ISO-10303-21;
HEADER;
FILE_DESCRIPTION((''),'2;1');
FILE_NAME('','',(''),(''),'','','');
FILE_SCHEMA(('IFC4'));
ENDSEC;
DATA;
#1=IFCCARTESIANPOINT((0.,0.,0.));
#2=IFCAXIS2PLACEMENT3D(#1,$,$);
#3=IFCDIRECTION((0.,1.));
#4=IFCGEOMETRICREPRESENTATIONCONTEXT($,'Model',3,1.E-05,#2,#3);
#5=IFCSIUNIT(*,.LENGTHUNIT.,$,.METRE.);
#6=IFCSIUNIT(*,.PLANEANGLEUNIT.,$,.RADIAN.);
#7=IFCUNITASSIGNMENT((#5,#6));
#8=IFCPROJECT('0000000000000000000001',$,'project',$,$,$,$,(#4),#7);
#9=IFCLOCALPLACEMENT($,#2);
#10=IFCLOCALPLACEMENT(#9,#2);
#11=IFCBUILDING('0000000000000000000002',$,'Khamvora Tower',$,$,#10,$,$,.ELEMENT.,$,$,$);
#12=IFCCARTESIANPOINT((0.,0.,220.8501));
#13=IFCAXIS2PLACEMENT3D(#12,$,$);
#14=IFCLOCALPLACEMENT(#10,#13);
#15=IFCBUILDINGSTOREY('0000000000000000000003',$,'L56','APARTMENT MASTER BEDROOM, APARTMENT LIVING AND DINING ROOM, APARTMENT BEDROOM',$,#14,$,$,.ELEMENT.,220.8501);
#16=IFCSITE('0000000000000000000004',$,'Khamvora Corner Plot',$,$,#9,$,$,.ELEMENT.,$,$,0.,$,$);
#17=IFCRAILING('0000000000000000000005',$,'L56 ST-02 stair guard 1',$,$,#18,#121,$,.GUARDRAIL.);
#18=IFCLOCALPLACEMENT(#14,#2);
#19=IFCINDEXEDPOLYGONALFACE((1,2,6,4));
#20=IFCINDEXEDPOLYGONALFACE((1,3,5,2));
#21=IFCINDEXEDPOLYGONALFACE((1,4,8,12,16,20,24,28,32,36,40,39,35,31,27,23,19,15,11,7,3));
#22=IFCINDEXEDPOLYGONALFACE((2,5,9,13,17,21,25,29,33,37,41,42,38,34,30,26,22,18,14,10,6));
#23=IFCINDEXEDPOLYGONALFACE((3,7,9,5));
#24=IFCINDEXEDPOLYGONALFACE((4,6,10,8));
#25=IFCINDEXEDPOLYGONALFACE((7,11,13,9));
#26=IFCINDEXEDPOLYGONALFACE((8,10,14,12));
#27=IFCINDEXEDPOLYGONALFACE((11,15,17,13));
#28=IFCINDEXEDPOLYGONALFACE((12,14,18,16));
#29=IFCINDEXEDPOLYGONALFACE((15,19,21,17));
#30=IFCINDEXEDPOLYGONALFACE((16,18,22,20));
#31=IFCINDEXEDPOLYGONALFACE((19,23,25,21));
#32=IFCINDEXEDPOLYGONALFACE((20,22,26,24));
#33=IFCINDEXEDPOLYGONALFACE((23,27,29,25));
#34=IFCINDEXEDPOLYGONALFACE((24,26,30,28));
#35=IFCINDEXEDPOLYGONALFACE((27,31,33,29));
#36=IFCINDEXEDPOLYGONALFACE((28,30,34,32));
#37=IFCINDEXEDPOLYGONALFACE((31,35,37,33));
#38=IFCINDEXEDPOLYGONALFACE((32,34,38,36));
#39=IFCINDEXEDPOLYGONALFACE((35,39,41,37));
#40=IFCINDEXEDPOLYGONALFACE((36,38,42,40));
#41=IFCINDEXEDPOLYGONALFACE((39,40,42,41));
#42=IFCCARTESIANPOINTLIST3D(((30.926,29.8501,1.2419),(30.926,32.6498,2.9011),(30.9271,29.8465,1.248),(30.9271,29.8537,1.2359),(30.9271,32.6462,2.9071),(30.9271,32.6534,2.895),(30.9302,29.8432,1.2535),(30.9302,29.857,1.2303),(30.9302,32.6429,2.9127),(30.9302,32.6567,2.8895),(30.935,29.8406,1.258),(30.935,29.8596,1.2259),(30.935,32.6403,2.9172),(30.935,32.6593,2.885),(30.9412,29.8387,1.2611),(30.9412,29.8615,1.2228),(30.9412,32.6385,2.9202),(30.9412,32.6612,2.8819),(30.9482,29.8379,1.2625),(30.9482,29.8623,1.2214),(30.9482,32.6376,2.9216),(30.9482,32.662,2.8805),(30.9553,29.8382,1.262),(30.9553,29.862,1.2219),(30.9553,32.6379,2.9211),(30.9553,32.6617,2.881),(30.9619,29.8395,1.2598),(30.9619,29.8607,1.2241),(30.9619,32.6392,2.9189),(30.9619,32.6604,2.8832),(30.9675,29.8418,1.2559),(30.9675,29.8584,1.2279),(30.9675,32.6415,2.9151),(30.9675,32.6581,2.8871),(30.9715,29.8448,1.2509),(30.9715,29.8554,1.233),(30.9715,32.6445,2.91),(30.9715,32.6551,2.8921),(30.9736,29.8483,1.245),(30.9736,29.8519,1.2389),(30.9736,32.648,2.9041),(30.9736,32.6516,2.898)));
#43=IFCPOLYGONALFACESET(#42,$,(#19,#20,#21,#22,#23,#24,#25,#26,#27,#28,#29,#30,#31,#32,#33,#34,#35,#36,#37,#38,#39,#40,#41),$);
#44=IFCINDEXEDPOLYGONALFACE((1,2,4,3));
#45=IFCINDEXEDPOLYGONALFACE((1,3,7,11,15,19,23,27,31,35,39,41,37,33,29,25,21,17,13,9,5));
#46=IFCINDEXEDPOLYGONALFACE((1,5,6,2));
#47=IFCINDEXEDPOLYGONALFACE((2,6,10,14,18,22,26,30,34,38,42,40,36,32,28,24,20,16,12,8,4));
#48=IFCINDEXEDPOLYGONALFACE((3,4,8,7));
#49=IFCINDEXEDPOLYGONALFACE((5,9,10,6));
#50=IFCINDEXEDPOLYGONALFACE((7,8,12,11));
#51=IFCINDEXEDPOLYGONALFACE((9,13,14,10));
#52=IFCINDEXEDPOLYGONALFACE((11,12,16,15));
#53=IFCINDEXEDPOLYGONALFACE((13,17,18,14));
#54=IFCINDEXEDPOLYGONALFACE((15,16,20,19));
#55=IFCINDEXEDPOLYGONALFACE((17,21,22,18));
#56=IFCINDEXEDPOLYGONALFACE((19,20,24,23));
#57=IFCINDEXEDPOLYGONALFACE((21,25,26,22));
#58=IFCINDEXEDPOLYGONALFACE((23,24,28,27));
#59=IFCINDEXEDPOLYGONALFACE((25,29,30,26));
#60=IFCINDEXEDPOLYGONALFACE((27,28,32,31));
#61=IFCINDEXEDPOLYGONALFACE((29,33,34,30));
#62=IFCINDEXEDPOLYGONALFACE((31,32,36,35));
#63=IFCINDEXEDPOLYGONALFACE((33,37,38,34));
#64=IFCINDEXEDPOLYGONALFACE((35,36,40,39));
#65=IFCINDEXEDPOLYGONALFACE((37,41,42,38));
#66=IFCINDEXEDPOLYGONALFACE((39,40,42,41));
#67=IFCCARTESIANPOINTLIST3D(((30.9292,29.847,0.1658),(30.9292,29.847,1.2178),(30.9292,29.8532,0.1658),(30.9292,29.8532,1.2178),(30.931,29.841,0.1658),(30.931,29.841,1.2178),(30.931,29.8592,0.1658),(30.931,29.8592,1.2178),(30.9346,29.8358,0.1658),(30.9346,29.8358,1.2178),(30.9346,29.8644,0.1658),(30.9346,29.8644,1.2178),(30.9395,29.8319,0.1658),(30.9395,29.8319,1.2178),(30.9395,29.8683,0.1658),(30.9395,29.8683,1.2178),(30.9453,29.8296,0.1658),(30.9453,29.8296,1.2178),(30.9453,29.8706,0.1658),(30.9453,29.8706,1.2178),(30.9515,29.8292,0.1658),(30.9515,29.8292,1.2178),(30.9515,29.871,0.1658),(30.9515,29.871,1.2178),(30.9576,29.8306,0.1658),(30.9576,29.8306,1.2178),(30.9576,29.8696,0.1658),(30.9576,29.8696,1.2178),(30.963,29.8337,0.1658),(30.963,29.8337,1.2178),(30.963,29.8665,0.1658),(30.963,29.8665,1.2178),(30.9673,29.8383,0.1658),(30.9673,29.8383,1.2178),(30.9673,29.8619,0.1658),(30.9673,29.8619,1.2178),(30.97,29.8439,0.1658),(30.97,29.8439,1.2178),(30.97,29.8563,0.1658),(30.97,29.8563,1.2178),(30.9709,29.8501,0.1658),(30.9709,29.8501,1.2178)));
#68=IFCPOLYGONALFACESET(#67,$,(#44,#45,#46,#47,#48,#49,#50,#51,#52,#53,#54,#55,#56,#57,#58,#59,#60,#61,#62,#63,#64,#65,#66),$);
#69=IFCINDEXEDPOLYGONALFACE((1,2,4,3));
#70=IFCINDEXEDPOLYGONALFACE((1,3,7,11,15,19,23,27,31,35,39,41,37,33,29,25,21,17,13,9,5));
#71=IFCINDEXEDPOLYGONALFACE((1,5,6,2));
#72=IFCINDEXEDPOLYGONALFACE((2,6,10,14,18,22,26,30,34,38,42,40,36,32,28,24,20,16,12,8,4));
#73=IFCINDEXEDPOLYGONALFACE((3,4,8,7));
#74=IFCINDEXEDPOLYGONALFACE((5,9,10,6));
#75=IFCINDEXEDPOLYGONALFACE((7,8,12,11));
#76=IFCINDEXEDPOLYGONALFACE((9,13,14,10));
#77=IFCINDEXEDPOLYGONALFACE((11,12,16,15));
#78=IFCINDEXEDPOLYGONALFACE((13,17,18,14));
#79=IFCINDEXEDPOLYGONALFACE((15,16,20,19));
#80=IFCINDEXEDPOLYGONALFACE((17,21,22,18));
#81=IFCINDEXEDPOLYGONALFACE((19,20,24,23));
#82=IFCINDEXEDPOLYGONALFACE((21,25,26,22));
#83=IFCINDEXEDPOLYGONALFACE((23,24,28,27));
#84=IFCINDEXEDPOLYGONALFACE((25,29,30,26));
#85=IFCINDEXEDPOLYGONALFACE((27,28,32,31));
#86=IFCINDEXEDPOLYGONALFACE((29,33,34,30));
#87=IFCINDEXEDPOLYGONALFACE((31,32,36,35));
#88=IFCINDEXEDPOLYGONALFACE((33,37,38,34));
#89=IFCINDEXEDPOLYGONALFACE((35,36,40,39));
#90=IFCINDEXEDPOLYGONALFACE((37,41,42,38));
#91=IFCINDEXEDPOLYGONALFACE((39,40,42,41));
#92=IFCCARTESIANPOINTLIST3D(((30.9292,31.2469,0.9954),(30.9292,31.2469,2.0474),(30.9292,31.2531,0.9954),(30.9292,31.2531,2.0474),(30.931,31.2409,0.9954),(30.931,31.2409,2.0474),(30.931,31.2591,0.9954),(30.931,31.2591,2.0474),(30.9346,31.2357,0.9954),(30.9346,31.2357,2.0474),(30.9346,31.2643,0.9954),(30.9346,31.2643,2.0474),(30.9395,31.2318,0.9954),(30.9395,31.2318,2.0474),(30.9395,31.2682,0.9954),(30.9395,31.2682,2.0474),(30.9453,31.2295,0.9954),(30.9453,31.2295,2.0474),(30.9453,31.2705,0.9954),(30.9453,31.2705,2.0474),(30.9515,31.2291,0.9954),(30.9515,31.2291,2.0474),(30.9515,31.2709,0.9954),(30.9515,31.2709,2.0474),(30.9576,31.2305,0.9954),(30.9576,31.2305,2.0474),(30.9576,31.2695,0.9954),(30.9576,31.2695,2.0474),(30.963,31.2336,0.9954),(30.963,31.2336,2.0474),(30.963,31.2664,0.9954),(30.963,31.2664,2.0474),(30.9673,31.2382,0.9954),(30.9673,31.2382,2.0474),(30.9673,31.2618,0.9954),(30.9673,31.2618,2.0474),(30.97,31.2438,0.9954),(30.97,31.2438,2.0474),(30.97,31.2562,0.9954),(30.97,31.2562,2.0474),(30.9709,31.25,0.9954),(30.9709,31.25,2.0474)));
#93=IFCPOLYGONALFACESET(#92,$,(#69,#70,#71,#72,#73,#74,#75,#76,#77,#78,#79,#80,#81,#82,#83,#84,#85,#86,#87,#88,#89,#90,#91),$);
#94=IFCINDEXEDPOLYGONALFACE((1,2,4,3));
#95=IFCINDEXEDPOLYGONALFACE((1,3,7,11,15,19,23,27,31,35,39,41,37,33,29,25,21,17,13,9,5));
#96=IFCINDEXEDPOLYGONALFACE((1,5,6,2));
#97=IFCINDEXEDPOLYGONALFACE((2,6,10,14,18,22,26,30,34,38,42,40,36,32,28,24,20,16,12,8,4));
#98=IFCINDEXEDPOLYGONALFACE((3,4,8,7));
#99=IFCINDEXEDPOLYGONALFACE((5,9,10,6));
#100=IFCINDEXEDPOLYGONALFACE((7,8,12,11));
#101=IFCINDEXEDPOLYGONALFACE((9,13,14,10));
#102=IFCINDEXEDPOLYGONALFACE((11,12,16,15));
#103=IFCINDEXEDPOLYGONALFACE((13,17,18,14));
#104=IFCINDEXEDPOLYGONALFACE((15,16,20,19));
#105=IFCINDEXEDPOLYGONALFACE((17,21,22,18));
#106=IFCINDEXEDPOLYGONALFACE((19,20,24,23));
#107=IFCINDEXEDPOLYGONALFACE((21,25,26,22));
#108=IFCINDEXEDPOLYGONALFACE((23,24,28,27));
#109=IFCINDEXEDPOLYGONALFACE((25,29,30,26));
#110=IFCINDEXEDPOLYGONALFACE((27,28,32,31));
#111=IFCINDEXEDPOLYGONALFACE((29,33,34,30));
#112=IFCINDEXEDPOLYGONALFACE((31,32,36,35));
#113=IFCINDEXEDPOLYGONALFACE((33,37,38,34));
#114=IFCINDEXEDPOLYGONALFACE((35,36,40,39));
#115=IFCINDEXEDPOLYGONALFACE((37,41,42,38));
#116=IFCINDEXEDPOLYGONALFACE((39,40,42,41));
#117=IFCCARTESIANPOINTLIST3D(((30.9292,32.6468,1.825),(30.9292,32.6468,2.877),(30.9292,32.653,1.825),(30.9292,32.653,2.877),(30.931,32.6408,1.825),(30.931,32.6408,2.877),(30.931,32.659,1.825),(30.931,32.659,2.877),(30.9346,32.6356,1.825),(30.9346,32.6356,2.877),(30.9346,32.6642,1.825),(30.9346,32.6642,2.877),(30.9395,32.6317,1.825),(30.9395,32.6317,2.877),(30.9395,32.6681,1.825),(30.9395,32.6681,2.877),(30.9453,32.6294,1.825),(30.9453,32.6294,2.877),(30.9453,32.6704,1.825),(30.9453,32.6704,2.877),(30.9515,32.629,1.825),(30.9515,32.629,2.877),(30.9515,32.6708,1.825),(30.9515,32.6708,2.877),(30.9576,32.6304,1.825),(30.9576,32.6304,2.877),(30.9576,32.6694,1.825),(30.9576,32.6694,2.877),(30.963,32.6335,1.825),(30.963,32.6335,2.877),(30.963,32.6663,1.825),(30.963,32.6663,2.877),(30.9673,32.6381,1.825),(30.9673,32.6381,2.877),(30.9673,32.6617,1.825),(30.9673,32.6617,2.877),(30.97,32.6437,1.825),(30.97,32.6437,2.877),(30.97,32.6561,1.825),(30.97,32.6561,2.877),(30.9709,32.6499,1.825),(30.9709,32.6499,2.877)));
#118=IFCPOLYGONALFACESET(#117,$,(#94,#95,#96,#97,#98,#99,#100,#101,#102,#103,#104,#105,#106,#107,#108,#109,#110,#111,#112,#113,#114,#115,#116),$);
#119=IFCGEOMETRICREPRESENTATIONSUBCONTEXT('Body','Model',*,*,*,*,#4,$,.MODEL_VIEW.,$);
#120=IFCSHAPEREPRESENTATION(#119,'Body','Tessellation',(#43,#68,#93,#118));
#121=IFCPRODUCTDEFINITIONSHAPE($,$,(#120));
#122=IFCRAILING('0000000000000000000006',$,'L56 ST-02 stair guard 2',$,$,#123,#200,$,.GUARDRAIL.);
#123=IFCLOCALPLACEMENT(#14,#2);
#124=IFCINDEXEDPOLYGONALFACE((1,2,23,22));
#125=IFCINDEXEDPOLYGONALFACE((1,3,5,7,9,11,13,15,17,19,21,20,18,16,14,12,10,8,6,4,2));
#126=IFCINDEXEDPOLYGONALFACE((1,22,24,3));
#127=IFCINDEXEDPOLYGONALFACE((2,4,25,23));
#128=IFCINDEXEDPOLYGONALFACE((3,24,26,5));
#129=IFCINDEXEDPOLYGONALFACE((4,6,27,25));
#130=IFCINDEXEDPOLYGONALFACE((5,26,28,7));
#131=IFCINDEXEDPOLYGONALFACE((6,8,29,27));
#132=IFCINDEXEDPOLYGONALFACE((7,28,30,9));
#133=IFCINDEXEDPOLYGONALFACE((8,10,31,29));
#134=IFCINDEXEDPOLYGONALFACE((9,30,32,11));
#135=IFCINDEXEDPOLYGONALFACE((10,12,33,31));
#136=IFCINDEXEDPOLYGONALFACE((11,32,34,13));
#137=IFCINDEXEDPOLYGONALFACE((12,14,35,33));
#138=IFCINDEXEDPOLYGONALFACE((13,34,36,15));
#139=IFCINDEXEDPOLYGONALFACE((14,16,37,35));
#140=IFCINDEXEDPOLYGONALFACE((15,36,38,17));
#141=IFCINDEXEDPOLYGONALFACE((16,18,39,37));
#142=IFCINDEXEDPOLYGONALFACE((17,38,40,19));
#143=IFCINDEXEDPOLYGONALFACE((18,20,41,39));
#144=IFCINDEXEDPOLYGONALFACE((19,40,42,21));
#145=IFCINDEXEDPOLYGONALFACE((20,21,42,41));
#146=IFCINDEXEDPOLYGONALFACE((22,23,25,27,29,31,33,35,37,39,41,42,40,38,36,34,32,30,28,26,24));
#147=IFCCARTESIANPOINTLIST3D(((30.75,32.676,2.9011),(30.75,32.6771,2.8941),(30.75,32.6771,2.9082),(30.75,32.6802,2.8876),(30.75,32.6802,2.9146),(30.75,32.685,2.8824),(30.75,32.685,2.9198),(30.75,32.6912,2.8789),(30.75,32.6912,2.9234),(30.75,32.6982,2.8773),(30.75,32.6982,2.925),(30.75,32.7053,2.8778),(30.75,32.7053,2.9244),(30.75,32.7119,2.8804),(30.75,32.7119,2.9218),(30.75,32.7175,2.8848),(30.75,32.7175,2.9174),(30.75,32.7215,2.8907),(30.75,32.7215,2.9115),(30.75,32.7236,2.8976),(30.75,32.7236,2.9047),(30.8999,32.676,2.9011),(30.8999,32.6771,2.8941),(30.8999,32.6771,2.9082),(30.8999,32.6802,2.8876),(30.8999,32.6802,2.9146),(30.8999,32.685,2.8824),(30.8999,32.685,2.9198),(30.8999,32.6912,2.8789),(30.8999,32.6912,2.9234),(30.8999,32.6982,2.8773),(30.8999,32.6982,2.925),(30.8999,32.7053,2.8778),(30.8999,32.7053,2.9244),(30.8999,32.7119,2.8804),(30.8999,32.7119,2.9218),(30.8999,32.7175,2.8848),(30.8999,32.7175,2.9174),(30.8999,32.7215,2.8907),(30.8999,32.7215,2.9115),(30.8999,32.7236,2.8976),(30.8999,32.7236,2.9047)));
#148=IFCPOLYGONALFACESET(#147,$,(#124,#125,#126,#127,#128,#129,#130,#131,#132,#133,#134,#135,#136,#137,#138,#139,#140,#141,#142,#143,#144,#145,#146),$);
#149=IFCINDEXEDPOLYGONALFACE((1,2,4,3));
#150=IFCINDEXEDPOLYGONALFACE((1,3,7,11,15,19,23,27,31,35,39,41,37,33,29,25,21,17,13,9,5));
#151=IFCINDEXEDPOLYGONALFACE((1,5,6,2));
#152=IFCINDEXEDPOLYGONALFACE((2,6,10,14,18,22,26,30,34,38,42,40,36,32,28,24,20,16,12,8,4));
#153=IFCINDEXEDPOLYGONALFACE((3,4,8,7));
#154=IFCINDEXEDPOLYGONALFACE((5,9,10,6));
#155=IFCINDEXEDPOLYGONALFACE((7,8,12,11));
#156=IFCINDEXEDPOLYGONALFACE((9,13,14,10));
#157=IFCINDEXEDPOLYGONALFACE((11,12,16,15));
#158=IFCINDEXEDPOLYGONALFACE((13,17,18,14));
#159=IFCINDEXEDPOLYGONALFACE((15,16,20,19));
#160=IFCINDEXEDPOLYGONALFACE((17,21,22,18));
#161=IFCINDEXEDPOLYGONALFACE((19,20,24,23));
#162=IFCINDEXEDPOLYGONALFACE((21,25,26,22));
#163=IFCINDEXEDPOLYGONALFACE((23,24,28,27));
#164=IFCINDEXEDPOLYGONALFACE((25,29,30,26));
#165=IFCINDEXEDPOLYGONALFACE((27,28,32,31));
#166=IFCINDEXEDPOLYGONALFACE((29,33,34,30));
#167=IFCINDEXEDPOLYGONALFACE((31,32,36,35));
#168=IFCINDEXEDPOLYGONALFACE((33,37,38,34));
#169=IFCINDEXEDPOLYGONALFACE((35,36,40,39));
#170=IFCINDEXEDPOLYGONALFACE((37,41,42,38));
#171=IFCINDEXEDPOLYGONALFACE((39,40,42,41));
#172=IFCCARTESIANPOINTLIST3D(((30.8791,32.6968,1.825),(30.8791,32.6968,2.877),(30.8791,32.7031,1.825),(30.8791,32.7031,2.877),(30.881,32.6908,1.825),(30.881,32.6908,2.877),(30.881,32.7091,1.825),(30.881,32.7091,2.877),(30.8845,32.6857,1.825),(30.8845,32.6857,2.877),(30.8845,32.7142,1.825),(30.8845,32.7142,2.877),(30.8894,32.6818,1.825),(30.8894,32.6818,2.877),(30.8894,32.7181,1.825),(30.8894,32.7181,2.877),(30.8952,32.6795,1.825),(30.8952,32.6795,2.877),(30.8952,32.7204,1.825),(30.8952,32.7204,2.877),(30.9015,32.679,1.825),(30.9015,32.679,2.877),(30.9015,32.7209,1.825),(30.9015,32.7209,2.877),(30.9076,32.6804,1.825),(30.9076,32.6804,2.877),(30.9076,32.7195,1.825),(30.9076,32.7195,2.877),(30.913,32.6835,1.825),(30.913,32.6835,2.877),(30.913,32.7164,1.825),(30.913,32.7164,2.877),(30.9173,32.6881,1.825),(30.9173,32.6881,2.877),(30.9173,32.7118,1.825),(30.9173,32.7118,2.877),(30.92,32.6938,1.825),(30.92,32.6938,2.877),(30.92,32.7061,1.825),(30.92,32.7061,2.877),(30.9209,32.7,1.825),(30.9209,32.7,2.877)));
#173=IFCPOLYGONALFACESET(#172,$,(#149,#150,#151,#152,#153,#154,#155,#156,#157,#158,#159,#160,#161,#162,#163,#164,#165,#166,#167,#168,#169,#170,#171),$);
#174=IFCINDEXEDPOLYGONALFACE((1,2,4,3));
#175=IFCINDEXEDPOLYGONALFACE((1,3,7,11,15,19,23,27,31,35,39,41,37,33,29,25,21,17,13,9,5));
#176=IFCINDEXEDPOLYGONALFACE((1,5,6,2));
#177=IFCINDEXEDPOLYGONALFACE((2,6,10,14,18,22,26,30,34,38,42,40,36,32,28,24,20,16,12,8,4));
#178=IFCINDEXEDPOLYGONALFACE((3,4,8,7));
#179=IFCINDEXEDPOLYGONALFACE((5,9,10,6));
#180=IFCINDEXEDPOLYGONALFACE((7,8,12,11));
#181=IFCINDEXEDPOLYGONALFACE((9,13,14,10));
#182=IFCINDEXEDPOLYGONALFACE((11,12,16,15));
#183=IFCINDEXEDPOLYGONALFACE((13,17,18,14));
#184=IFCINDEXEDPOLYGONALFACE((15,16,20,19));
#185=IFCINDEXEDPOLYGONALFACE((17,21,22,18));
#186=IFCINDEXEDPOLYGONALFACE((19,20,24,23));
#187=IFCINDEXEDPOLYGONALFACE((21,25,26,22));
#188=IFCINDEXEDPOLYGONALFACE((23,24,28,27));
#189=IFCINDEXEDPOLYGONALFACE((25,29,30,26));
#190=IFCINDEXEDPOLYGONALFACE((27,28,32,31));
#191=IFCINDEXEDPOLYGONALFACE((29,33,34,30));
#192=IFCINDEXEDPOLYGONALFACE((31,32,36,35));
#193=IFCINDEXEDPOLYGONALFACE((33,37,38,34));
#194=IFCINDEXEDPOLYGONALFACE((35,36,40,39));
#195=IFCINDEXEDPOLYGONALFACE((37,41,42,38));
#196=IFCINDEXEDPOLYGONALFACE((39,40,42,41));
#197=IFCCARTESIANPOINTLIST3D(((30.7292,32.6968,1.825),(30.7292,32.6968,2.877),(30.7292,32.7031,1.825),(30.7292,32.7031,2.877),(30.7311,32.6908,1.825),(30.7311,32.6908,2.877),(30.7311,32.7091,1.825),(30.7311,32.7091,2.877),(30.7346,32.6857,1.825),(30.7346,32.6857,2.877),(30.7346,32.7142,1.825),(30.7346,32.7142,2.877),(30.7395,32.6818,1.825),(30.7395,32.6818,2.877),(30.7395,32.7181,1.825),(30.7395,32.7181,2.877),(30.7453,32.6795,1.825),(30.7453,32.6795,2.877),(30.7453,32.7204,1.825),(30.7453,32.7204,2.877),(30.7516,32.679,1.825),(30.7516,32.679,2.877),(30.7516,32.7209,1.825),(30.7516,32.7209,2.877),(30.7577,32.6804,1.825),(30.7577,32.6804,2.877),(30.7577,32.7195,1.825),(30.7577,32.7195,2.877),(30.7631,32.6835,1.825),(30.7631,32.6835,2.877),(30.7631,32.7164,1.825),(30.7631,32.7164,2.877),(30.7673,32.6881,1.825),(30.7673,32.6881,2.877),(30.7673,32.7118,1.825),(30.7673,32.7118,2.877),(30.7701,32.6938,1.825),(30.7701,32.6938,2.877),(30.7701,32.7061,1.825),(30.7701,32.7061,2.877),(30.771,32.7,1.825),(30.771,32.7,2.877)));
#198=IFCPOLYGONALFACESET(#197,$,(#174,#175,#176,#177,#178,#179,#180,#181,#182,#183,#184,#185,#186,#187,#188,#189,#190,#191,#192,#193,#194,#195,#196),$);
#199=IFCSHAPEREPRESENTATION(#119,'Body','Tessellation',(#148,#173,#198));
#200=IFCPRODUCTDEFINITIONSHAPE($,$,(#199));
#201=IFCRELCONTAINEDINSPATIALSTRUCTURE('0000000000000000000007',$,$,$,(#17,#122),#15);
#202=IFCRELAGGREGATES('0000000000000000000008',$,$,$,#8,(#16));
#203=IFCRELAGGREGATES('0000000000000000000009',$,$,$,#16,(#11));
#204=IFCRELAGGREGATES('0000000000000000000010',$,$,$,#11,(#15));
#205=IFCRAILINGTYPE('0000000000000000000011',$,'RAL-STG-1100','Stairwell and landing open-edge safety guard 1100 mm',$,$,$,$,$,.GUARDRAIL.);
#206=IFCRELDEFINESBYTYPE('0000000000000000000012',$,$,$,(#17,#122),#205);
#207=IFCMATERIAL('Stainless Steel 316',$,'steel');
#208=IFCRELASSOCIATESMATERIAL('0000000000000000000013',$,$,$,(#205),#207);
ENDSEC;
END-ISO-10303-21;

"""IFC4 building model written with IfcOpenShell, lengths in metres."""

from ifc_helpers import new_model, si_unit, direction, frame, origin, origin_2d, place, context, subcontext, project, spatial, circle, extrude, material, type_object, element, save


model = new_model("IFC4")

# Units and contexts
model_context = context("Model", 3, precision=1e-05, world=origin(), true_north=direction((0.0, 1.0)))
body_context = subcontext(model_context, "Body", "Model", "MODEL_VIEW")
ifc_project = project(units=[si_unit("LENGTHUNIT", "METRE"), si_unit("PLANEANGLEUNIT", "RADIAN")], contexts=[model_context])

# Site, building, storey
site_placement = place(None, origin())
site = spatial("IfcSite", under=ifc_project, at=site_placement, Name="Khamvora Corner Plot", CompositionType="ELEMENT", RefElevation=0.0)
building_placement = place(site_placement, origin())
building = spatial("IfcBuilding", under=site, at=building_placement, Name="Khamvora Tower", CompositionType="ELEMENT")
storey_placement = place(building_placement, frame((0.0, 0.0, 220.8501)))
storey = spatial("IfcBuildingStorey", under=building, at=storey_placement, Name="L56", Description="APARTMENT MASTER BEDROOM, APARTMENT LIVING AND DINING ROOM, APARTMENT BEDROOM", CompositionType="ELEMENT", Elevation=220.8501)

# Railings
ifc_material_1 = material(Name="Stainless Steel 316", Category="steel")
railing_type_1 = type_object("IfcRailingType", Name="RAL-STG-1100", Description="Stairwell and landing open-edge safety guard 1100 mm", PredefinedType="GUARDRAIL", material=ifc_material_1)
railing_1_placement = place(storey_placement, frame((30.95, 29.8501, 0.1658)))
element("IfcRailing", 1, at=railing_1_placement, inside=storey, type_object=railing_type_1, Name="L56 ST-02 stair guard 1", PredefinedType="GUARDRAIL", context=body_context, shape_type="SweptSolid", body=[
    extrude(circle(Radius=0.0239, at=origin_2d()), frame((0.0, 0.0, 1.0762), z_axis=(0.0, 0.860287, 0.509811), x_axis=(-1.0, 0.0, 0.0)), (0.0, 0.0, 1.0), 3.2544),
    extrude(circle(Radius=0.021, at=origin_2d()), origin(), (0.0, 0.0, 1.0), 1.052),
    extrude(circle(Radius=0.021, at=origin_2d()), frame((0.0, 1.3999, 0.8296)), (0.0, 0.0, 1.0), 1.052),
    extrude(circle(Radius=0.021, at=origin_2d()), frame((0.0, 2.7998, 1.6592)), (0.0, 0.0, 1.0), 1.052),
])
railing_2_placement = place(storey_placement, frame((30.8999, 32.7, 1.825)))
element("IfcRailing", 2, at=railing_2_placement, inside=storey, type_object=railing_type_1, Name="L56 ST-02 stair guard 2", PredefinedType="GUARDRAIL", context=body_context, shape_type="SweptSolid", body=[
    extrude(circle(Radius=0.0239, at=origin_2d()), frame((0.0, 0.0, 1.0762), z_axis=(-1.0, 0.0, 0.0), x_axis=(0.0, -1.0, 0.0)), (0.0, 0.0, 1.0), 0.1499),
    extrude(circle(Radius=0.021, at=origin_2d()), origin(), (0.0, 0.0, 1.0), 1.052),
    extrude(circle(Radius=0.021, at=origin_2d()), frame((-0.1499, 0.0, 0.0)), (0.0, 0.0, 1.0), 1.052),
])

save(model, "model.ifc")
